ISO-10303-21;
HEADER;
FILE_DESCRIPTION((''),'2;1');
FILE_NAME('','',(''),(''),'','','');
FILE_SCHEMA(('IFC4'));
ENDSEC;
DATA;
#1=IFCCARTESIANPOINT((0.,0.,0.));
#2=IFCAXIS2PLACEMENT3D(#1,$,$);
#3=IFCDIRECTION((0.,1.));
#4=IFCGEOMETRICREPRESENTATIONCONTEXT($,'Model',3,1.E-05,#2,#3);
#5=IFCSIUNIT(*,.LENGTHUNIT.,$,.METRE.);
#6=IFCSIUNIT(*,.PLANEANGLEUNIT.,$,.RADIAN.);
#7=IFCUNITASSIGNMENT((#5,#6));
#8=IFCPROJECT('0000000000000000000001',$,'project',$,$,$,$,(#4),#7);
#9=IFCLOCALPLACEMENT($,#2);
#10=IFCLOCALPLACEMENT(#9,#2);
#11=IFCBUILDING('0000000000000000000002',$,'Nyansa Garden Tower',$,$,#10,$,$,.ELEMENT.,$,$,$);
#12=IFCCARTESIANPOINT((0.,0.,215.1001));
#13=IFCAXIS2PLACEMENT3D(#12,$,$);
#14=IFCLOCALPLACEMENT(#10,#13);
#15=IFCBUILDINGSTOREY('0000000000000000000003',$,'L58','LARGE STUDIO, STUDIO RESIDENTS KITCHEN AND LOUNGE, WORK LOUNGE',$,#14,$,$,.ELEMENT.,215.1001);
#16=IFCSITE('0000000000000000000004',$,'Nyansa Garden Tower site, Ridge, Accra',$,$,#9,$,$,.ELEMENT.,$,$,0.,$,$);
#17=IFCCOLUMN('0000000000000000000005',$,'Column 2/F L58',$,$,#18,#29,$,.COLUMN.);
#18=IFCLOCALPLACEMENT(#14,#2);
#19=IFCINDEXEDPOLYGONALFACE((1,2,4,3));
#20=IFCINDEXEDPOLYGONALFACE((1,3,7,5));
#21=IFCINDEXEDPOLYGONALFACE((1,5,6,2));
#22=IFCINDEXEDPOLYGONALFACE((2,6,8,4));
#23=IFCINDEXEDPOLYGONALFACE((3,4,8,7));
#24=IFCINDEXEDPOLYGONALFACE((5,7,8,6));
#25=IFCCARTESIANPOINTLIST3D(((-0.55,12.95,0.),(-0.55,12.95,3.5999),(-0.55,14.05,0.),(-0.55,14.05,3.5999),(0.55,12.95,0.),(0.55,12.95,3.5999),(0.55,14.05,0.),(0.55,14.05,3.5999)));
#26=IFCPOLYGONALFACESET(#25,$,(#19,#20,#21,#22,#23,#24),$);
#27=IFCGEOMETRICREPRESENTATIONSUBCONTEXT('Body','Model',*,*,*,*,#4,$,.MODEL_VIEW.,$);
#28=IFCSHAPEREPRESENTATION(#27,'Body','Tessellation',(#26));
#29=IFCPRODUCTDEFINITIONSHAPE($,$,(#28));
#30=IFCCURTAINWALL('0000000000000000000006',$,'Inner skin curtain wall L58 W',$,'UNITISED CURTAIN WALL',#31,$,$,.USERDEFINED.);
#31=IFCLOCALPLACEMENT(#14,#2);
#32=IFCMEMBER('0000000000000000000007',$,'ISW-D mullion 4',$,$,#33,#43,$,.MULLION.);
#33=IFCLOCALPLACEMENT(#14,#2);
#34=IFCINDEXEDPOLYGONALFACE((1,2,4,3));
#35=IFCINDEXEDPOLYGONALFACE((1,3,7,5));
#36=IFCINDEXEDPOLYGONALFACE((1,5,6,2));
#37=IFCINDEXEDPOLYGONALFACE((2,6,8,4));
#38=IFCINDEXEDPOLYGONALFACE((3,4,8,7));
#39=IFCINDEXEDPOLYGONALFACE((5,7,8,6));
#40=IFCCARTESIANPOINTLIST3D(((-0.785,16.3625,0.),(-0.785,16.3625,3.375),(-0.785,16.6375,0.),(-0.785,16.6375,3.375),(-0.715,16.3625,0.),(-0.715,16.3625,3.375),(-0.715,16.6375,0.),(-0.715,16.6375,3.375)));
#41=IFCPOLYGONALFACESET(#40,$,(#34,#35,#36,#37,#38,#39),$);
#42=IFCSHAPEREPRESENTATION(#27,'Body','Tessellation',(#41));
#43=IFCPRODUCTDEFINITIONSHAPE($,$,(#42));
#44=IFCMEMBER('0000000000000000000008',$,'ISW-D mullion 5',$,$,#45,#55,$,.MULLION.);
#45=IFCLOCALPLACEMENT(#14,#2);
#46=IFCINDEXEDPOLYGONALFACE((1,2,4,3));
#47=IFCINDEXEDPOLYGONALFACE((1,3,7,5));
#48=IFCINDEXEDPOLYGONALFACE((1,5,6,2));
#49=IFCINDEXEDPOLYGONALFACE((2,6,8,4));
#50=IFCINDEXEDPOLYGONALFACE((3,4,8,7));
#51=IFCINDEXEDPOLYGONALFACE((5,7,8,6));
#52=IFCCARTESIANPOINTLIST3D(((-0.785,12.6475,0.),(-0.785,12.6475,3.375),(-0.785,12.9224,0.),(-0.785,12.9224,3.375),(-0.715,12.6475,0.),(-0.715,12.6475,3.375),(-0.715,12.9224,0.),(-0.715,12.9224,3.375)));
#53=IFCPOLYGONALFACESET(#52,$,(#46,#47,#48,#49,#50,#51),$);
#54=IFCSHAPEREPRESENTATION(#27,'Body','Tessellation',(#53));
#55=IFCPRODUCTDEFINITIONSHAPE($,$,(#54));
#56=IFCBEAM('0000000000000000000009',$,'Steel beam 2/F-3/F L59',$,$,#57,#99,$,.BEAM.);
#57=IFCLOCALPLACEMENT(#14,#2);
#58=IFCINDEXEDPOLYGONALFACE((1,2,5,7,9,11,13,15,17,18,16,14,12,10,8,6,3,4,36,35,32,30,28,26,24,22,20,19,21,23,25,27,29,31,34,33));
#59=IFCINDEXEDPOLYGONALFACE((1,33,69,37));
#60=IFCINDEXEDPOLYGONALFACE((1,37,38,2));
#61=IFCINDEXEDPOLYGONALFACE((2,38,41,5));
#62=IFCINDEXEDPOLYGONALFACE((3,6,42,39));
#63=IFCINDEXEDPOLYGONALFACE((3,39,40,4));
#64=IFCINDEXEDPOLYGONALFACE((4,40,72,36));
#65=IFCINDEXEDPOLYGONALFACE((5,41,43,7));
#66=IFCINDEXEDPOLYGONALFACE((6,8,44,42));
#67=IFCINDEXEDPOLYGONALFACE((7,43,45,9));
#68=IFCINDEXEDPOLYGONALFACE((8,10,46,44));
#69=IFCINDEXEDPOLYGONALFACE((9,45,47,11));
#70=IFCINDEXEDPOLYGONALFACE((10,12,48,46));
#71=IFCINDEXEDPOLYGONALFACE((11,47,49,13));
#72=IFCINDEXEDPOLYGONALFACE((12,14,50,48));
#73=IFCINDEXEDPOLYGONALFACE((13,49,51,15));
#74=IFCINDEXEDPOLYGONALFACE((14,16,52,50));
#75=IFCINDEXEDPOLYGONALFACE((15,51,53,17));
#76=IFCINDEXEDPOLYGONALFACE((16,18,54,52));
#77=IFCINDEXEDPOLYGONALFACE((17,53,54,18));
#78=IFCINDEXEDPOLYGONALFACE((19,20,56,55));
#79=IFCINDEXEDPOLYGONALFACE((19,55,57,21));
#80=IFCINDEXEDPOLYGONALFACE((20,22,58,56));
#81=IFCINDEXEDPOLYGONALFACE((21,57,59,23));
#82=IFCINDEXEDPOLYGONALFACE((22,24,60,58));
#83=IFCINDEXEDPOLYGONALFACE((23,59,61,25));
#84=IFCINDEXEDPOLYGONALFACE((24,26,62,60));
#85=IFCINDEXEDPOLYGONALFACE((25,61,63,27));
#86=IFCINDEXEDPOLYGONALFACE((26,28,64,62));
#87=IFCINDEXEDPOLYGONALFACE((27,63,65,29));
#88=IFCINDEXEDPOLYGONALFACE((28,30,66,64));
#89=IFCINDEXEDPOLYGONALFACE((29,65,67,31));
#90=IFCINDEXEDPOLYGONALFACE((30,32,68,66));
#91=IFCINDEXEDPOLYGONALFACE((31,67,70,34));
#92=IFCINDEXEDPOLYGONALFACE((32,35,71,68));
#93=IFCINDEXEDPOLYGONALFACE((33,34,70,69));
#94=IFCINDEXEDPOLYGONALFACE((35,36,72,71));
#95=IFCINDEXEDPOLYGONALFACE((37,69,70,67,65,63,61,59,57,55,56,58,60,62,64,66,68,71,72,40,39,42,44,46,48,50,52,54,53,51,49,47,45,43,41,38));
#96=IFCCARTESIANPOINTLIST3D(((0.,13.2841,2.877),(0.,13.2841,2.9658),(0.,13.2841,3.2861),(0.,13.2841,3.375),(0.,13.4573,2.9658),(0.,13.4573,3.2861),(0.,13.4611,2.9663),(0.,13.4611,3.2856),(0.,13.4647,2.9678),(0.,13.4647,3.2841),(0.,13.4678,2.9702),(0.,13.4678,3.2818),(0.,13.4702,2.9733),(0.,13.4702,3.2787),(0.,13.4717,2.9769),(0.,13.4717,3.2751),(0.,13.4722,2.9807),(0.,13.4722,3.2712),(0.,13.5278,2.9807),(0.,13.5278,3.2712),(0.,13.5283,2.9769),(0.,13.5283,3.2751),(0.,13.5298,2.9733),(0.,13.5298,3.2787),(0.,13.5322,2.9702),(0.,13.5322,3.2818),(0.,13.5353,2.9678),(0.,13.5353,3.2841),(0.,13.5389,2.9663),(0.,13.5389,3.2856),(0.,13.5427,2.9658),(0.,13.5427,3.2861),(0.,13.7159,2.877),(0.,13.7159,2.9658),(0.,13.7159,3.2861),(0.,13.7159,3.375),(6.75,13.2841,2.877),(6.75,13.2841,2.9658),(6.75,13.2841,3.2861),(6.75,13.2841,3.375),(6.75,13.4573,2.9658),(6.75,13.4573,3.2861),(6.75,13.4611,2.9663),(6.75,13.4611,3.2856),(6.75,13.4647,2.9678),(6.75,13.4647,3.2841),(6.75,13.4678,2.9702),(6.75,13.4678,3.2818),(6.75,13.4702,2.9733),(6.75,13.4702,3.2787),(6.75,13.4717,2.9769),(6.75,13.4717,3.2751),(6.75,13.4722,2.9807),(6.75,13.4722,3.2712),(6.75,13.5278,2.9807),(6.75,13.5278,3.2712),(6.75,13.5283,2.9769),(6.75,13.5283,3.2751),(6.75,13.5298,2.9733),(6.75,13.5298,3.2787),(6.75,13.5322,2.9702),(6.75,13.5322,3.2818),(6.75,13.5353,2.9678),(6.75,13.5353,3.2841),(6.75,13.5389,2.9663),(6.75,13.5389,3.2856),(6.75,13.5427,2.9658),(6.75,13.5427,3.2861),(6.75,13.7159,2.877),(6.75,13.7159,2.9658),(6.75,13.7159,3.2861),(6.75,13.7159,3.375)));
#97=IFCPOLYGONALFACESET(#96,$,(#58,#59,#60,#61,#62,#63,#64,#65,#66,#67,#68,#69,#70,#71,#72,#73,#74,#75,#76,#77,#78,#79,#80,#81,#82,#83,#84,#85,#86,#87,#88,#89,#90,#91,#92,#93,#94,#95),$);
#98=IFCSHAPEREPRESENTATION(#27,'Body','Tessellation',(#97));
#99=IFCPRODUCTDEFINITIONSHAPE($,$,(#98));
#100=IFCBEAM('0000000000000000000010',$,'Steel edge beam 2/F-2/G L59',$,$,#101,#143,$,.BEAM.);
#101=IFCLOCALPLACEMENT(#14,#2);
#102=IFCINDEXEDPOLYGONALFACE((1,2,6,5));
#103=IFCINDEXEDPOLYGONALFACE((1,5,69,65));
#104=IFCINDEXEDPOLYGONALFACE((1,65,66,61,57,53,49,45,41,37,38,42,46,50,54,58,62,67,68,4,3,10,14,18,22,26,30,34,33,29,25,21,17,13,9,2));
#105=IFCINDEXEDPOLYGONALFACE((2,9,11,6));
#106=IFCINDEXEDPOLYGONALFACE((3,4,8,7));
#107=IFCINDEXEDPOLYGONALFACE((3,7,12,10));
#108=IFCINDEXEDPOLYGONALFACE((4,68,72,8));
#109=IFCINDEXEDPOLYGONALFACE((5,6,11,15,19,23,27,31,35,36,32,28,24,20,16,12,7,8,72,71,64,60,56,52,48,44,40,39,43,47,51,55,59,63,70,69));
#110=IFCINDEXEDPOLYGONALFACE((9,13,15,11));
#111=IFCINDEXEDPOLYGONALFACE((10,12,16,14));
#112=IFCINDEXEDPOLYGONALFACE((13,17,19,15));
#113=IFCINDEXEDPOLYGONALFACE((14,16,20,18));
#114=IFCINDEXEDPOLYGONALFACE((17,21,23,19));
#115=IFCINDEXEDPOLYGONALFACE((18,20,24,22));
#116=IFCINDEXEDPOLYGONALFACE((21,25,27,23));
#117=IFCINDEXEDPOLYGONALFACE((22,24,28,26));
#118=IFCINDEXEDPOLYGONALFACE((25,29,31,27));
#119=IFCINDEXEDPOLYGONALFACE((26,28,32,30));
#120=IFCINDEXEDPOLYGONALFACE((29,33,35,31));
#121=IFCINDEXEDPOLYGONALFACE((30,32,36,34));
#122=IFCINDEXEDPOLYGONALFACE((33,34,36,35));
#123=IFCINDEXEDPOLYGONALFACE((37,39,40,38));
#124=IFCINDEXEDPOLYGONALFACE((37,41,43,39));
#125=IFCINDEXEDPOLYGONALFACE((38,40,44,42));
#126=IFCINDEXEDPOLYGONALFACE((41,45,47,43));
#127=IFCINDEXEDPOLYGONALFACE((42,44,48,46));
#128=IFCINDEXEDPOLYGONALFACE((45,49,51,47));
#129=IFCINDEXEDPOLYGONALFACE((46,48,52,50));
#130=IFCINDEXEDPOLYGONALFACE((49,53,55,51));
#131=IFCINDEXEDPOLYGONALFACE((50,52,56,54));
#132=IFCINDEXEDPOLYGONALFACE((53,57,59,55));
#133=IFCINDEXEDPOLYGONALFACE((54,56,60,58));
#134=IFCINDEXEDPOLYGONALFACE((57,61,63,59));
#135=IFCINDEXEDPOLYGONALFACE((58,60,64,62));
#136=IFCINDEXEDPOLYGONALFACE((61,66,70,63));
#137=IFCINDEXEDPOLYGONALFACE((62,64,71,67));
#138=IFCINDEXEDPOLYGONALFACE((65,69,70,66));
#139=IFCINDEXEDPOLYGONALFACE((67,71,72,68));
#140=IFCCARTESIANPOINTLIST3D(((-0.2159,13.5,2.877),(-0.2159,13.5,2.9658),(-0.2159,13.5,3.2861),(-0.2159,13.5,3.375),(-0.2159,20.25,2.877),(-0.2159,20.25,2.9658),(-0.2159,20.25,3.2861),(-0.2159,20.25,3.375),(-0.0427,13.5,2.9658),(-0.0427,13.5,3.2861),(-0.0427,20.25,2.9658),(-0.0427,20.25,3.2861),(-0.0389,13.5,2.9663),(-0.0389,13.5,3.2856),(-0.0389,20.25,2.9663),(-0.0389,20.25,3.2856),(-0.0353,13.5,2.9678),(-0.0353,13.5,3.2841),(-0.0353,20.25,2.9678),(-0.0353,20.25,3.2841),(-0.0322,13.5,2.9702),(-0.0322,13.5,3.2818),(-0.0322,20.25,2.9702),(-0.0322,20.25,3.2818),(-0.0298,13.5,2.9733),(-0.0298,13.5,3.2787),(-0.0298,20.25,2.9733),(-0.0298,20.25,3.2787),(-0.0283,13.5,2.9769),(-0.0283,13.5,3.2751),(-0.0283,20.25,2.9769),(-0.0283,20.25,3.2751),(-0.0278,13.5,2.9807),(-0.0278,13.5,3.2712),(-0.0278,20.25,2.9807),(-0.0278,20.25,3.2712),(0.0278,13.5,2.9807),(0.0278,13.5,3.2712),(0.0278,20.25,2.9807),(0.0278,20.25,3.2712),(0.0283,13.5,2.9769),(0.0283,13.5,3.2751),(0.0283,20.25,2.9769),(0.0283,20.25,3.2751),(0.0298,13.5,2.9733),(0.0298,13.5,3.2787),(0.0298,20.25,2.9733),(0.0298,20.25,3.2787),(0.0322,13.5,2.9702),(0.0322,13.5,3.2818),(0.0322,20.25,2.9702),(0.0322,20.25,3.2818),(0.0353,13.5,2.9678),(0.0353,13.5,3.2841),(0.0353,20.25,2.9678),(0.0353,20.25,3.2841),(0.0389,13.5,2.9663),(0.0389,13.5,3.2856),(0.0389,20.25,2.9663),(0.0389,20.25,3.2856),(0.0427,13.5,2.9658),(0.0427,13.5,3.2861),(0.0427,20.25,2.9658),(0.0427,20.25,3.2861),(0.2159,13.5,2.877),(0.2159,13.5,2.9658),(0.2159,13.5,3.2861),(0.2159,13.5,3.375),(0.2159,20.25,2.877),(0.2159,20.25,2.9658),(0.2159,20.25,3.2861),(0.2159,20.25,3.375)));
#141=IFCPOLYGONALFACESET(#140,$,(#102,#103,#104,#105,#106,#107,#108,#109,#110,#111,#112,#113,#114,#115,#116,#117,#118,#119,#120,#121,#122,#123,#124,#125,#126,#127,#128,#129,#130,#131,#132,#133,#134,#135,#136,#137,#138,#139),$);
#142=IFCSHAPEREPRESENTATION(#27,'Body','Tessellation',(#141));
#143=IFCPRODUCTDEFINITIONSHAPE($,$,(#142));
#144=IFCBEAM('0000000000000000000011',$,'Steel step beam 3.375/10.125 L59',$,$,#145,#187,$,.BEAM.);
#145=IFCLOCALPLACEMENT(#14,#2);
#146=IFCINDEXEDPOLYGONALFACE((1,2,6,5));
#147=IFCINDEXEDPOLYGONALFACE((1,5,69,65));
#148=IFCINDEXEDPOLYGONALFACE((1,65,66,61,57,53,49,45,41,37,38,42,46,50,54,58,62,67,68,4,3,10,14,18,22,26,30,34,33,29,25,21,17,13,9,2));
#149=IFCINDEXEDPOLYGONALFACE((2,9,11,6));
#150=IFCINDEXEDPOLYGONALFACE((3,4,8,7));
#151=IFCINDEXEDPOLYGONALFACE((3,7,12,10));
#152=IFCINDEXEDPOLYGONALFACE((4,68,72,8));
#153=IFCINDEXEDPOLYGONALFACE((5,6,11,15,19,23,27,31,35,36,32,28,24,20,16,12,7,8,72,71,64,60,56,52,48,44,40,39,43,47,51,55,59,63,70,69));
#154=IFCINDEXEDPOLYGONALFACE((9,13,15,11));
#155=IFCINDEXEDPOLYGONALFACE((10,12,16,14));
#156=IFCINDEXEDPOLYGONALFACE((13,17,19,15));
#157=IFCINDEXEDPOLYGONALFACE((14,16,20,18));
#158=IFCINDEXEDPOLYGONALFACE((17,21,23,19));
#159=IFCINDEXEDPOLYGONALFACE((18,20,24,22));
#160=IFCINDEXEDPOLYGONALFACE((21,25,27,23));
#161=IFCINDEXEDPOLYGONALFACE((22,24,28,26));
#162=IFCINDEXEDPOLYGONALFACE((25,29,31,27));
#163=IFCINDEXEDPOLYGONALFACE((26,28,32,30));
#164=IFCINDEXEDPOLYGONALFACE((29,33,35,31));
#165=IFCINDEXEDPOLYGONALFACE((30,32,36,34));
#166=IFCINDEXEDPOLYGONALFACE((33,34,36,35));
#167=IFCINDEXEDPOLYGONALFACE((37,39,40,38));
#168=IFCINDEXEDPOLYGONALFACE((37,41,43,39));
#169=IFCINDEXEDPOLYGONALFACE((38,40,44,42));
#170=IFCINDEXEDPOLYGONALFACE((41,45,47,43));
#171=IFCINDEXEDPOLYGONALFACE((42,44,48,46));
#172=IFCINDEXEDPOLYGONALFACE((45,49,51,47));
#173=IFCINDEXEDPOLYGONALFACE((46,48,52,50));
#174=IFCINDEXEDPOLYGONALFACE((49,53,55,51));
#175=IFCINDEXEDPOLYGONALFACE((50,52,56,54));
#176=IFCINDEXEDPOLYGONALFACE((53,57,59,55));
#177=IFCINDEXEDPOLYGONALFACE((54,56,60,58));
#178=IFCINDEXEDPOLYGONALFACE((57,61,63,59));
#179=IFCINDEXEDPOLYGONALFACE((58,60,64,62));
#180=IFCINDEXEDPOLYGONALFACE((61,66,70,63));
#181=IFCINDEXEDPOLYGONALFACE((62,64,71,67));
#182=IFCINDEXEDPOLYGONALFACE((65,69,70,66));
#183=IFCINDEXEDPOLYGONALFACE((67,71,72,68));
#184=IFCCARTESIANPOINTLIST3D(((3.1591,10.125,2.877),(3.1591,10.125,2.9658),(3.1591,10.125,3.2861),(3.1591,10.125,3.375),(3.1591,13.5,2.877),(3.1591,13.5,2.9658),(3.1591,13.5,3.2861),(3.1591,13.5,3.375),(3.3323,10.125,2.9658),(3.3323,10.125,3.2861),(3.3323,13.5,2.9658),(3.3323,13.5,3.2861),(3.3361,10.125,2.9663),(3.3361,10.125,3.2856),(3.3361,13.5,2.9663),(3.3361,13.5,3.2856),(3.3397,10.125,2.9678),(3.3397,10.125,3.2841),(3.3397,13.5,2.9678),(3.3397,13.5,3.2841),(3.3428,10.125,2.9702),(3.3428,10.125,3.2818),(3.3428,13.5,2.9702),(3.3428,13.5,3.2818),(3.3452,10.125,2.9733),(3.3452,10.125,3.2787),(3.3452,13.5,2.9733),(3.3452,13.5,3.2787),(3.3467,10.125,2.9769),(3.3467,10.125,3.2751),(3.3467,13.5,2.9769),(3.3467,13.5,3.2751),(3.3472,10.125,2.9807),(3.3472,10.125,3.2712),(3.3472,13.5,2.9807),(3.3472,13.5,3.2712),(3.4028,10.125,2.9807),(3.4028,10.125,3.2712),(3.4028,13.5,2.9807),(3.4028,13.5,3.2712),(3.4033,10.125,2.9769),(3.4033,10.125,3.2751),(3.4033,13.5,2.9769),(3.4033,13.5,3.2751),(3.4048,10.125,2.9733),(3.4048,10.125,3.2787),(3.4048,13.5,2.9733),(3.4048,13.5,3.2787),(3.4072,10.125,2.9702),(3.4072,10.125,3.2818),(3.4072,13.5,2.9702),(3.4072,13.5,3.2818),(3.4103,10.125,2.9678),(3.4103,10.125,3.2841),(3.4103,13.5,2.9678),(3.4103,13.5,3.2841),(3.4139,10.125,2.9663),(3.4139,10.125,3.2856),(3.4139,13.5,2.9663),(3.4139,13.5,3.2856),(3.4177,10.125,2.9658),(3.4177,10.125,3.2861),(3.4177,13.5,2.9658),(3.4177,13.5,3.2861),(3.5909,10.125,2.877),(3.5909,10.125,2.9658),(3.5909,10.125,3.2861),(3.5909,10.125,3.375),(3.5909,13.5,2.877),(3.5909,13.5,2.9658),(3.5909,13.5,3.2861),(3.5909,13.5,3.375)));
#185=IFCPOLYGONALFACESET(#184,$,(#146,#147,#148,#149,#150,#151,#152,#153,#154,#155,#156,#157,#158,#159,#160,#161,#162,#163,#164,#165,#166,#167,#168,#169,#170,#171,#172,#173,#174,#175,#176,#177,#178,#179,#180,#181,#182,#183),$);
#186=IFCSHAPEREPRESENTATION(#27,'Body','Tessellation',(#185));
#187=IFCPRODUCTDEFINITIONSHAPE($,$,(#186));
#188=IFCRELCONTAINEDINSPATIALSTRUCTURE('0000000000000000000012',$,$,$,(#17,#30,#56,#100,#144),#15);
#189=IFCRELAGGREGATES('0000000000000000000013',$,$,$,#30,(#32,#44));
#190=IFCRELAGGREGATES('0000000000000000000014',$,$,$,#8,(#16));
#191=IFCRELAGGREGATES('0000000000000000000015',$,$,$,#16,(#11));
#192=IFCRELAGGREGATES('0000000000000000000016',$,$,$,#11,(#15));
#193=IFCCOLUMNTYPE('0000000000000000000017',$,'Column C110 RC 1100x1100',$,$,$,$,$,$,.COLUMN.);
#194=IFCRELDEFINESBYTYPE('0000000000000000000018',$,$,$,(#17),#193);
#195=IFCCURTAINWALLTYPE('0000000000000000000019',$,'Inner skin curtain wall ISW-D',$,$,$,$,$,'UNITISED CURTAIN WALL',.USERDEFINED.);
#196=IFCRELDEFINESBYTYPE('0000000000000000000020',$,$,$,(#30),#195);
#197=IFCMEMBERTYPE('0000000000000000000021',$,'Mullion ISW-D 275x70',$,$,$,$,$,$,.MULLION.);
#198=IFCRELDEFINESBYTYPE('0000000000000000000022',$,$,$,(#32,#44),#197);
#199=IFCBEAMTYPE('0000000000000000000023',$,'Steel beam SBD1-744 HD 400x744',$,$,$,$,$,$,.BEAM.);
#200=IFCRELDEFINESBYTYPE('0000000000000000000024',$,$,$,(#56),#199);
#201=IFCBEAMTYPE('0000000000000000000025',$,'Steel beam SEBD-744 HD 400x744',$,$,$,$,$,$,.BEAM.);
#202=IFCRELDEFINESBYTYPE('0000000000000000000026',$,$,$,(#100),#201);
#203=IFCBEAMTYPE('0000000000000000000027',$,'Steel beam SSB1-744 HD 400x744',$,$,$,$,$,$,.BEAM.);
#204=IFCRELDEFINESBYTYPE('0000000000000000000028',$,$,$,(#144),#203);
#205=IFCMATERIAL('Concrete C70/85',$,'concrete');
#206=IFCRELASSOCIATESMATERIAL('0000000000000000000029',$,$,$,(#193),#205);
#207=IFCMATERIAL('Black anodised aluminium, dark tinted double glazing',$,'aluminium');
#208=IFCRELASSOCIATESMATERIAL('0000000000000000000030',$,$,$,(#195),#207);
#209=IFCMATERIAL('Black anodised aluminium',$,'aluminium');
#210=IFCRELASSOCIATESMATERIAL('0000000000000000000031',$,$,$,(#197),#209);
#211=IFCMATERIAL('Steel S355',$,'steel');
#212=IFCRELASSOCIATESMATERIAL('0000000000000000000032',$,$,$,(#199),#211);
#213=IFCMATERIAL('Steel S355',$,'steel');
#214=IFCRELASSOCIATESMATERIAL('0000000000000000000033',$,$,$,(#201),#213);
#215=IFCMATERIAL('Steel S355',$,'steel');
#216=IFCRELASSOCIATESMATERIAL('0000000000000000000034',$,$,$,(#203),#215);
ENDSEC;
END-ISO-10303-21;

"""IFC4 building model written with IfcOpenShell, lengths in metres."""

from ifc_helpers import new_model, si_unit, direction, frame, origin, origin_2d, place, context, subcontext, project, spatial, rectangle, i_section, extrude, material, material_profile, profile_set, type_object, element, aggregate, save


model = new_model("IFC4")

# Units and contexts
model_context = context("Model", 3, precision=1e-05, world=origin(), true_north=direction((0.0, 1.0)))
body_context = subcontext(model_context, "Body", "Model", "MODEL_VIEW")
ifc_project = project(units=[si_unit("LENGTHUNIT", "METRE"), si_unit("PLANEANGLEUNIT", "RADIAN")], contexts=[model_context])

# Site, building, storey
site_placement = place(None, origin())
site = spatial("IfcSite", under=ifc_project, at=site_placement, Name="Nyansa Garden Tower site, Ridge, Accra", CompositionType="ELEMENT", RefElevation=0.0)
building_placement = place(site_placement, origin())
building = spatial("IfcBuilding", under=site, at=building_placement, Name="Nyansa Garden Tower", CompositionType="ELEMENT")
storey_placement = place(building_placement, frame((0.0, 0.0, 215.1001)))
storey = spatial("IfcBuildingStorey", under=building, at=storey_placement, Name="L58", Description="LARGE STUDIO, STUDIO RESIDENTS KITCHEN AND LOUNGE, WORK LOUNGE", CompositionType="ELEMENT", Elevation=215.1001)

# Column
ifc_material_1 = material(Name="Concrete C70/85", Category="concrete")
ifc_material_profile_1 = material_profile(ifc_material_1, rectangle(XDim=1.1001, YDim=1.1001, at=origin_2d()), Name="RC 1100x1100")
ifc_profile_set_1 = profile_set([ifc_material_profile_1], Name="Concrete C70/85")
column_type = type_object("IfcColumnType", Name="Column C110 RC 1100x1100", PredefinedType="COLUMN", material=ifc_profile_set_1)
column_placement = place(storey_placement, frame((0.0, 13.5, 0.0), z_axis=(0.0, 0.0, 1.0), x_axis=(1.0, 0.0, 0.0)))
element("IfcColumn", 1, at=column_placement, inside=storey, type_object=column_type, Name="Column 2/F L58", PredefinedType="COLUMN", context=body_context, shape_type="SweptSolid", body=[
    extrude(rectangle(XDim=1.1001, YDim=1.1001, at=origin_2d()), origin(), (0.0, 0.0, 1.0), 3.5999),
])

# Curtain wall, members
ifc_material_2 = material(Name="Black anodised aluminium, dark tinted double glazing", Category="aluminium")
curtain_wall_type = type_object("IfcCurtainWallType", Name="Inner skin curtain wall ISW-D", ElementType="UNITISED CURTAIN WALL", PredefinedType="USERDEFINED", material=ifc_material_2)
curtain_wall_placement = place(storey_placement, origin())
curtain_wall = element("IfcCurtainWall", 2, at=curtain_wall_placement, inside=storey, type_object=curtain_wall_type, Name="Inner skin curtain wall L58 W", ObjectType="UNITISED CURTAIN WALL", PredefinedType="USERDEFINED")
ifc_material_3 = material(Name="Black anodised aluminium", Category="aluminium")
ifc_material_profile_2 = material_profile(ifc_material_3, rectangle(XDim=0.0701, YDim=0.2749, at=origin_2d()), Name="Mullion 275x70")
ifc_profile_set_2 = profile_set([ifc_material_profile_2], Name="Black anodised aluminium")
member_type_1 = type_object("IfcMemberType", Name="Mullion ISW-D 275x70", PredefinedType="MULLION", material=ifc_profile_set_2)
member_1_placement = place(storey_placement, frame((-0.75, 16.5, 0.0), z_axis=(0.0, 0.0, 1.0), x_axis=(1.0, 0.0, 0.0)))
member_1 = element("IfcMember", 3, at=member_1_placement, type_object=member_type_1, Name="ISW-D mullion 4", PredefinedType="MULLION", context=body_context, shape_type="SweptSolid", body=[
    extrude(rectangle(XDim=0.0701, YDim=0.2749, at=origin_2d()), origin(), (0.0, 0.0, 1.0), 3.375),
])
member_2_placement = place(storey_placement, frame((-0.75, 12.7849, 0.0), z_axis=(0.0, 0.0, 1.0), x_axis=(1.0, 0.0, 0.0)))
member_2 = element("IfcMember", 4, at=member_2_placement, type_object=member_type_1, Name="ISW-D mullion 5", PredefinedType="MULLION", context=body_context, shape_type="SweptSolid", body=[
    extrude(rectangle(XDim=0.0701, YDim=0.2749, at=origin_2d()), origin(), (0.0, 0.0, 1.0), 3.375),
])

# Beams
ifc_material_4 = material(Name="Steel S355", Category="steel")
ifc_material_profile_3 = material_profile(ifc_material_4, i_section(OverallWidth=0.4319, OverallDepth=0.498, WebThickness=0.0557, FlangeThickness=0.0889, FilletRadius=0.0149, at=origin_2d()), Name="HD 400x744")
ifc_profile_set_3 = profile_set([ifc_material_profile_3], Name="Steel S355")
beam_type_1 = type_object("IfcBeamType", Name="Steel beam SBD1-744 HD 400x744", PredefinedType="BEAM", material=ifc_profile_set_3)
beam_1_placement = place(storey_placement, frame((0.0, 13.5, 3.126), z_axis=(1.0, 0.0, 0.0), x_axis=(0.0, 1.0, 0.0)))
element("IfcBeam", 5, at=beam_1_placement, inside=storey, type_object=beam_type_1, Name="Steel beam 2/F-3/F L59", PredefinedType="BEAM", context=body_context, shape_type="SweptSolid", body=[
    extrude(i_section(OverallWidth=0.4319, OverallDepth=0.498, WebThickness=0.0557, FlangeThickness=0.0889, FilletRadius=0.0149, at=origin_2d()), origin(), (0.0, 0.0, 1.0), 6.75),
])
ifc_material_5 = material(Name="Steel S355", Category="steel")
ifc_material_profile_4 = material_profile(ifc_material_5, i_section(OverallWidth=0.4319, OverallDepth=0.498, WebThickness=0.0557, FlangeThickness=0.0889, FilletRadius=0.0149, at=origin_2d()), Name="HD 400x744")
ifc_profile_set_4 = profile_set([ifc_material_profile_4], Name="Steel S355")
beam_type_2 = type_object("IfcBeamType", Name="Steel beam SEBD-744 HD 400x744", PredefinedType="BEAM", material=ifc_profile_set_4)
beam_2_placement = place(storey_placement, frame((0.0, 13.5, 3.126), z_axis=(0.0, 1.0, 0.0), x_axis=(-1.0, 0.0, 0.0)))
element("IfcBeam", 6, at=beam_2_placement, inside=storey, type_object=beam_type_2, Name="Steel edge beam 2/F-2/G L59", PredefinedType="BEAM", context=body_context, shape_type="SweptSolid", body=[
    extrude(i_section(OverallWidth=0.4319, OverallDepth=0.498, WebThickness=0.0557, FlangeThickness=0.0889, FilletRadius=0.0149, at=origin_2d()), origin(), (0.0, 0.0, 1.0), 6.75),
])
ifc_material_6 = material(Name="Steel S355", Category="steel")
ifc_material_profile_5 = material_profile(ifc_material_6, i_section(OverallWidth=0.4319, OverallDepth=0.498, WebThickness=0.0557, FlangeThickness=0.0889, FilletRadius=0.0149, at=origin_2d()), Name="HD 400x744")
ifc_profile_set_5 = profile_set([ifc_material_profile_5], Name="Steel S355")
beam_type_3 = type_object("IfcBeamType", Name="Steel beam SSB1-744 HD 400x744", PredefinedType="BEAM", material=ifc_profile_set_5)
beam_3_placement = place(storey_placement, frame((3.375, 10.125, 3.126), z_axis=(0.0, 1.0, 0.0), x_axis=(-1.0, 0.0, 0.0)))
element("IfcBeam", 7, at=beam_3_placement, inside=storey, type_object=beam_type_3, Name="Steel step beam 3.375/10.125 L59", PredefinedType="BEAM", context=body_context, shape_type="SweptSolid", body=[
    extrude(i_section(OverallWidth=0.4319, OverallDepth=0.498, WebThickness=0.0557, FlangeThickness=0.0889, FilletRadius=0.0149, at=origin_2d()), origin(), (0.0, 0.0, 1.0), 3.375),
])

aggregate(curtain_wall, [member_1, member_2])

save(model, "model.ifc")
